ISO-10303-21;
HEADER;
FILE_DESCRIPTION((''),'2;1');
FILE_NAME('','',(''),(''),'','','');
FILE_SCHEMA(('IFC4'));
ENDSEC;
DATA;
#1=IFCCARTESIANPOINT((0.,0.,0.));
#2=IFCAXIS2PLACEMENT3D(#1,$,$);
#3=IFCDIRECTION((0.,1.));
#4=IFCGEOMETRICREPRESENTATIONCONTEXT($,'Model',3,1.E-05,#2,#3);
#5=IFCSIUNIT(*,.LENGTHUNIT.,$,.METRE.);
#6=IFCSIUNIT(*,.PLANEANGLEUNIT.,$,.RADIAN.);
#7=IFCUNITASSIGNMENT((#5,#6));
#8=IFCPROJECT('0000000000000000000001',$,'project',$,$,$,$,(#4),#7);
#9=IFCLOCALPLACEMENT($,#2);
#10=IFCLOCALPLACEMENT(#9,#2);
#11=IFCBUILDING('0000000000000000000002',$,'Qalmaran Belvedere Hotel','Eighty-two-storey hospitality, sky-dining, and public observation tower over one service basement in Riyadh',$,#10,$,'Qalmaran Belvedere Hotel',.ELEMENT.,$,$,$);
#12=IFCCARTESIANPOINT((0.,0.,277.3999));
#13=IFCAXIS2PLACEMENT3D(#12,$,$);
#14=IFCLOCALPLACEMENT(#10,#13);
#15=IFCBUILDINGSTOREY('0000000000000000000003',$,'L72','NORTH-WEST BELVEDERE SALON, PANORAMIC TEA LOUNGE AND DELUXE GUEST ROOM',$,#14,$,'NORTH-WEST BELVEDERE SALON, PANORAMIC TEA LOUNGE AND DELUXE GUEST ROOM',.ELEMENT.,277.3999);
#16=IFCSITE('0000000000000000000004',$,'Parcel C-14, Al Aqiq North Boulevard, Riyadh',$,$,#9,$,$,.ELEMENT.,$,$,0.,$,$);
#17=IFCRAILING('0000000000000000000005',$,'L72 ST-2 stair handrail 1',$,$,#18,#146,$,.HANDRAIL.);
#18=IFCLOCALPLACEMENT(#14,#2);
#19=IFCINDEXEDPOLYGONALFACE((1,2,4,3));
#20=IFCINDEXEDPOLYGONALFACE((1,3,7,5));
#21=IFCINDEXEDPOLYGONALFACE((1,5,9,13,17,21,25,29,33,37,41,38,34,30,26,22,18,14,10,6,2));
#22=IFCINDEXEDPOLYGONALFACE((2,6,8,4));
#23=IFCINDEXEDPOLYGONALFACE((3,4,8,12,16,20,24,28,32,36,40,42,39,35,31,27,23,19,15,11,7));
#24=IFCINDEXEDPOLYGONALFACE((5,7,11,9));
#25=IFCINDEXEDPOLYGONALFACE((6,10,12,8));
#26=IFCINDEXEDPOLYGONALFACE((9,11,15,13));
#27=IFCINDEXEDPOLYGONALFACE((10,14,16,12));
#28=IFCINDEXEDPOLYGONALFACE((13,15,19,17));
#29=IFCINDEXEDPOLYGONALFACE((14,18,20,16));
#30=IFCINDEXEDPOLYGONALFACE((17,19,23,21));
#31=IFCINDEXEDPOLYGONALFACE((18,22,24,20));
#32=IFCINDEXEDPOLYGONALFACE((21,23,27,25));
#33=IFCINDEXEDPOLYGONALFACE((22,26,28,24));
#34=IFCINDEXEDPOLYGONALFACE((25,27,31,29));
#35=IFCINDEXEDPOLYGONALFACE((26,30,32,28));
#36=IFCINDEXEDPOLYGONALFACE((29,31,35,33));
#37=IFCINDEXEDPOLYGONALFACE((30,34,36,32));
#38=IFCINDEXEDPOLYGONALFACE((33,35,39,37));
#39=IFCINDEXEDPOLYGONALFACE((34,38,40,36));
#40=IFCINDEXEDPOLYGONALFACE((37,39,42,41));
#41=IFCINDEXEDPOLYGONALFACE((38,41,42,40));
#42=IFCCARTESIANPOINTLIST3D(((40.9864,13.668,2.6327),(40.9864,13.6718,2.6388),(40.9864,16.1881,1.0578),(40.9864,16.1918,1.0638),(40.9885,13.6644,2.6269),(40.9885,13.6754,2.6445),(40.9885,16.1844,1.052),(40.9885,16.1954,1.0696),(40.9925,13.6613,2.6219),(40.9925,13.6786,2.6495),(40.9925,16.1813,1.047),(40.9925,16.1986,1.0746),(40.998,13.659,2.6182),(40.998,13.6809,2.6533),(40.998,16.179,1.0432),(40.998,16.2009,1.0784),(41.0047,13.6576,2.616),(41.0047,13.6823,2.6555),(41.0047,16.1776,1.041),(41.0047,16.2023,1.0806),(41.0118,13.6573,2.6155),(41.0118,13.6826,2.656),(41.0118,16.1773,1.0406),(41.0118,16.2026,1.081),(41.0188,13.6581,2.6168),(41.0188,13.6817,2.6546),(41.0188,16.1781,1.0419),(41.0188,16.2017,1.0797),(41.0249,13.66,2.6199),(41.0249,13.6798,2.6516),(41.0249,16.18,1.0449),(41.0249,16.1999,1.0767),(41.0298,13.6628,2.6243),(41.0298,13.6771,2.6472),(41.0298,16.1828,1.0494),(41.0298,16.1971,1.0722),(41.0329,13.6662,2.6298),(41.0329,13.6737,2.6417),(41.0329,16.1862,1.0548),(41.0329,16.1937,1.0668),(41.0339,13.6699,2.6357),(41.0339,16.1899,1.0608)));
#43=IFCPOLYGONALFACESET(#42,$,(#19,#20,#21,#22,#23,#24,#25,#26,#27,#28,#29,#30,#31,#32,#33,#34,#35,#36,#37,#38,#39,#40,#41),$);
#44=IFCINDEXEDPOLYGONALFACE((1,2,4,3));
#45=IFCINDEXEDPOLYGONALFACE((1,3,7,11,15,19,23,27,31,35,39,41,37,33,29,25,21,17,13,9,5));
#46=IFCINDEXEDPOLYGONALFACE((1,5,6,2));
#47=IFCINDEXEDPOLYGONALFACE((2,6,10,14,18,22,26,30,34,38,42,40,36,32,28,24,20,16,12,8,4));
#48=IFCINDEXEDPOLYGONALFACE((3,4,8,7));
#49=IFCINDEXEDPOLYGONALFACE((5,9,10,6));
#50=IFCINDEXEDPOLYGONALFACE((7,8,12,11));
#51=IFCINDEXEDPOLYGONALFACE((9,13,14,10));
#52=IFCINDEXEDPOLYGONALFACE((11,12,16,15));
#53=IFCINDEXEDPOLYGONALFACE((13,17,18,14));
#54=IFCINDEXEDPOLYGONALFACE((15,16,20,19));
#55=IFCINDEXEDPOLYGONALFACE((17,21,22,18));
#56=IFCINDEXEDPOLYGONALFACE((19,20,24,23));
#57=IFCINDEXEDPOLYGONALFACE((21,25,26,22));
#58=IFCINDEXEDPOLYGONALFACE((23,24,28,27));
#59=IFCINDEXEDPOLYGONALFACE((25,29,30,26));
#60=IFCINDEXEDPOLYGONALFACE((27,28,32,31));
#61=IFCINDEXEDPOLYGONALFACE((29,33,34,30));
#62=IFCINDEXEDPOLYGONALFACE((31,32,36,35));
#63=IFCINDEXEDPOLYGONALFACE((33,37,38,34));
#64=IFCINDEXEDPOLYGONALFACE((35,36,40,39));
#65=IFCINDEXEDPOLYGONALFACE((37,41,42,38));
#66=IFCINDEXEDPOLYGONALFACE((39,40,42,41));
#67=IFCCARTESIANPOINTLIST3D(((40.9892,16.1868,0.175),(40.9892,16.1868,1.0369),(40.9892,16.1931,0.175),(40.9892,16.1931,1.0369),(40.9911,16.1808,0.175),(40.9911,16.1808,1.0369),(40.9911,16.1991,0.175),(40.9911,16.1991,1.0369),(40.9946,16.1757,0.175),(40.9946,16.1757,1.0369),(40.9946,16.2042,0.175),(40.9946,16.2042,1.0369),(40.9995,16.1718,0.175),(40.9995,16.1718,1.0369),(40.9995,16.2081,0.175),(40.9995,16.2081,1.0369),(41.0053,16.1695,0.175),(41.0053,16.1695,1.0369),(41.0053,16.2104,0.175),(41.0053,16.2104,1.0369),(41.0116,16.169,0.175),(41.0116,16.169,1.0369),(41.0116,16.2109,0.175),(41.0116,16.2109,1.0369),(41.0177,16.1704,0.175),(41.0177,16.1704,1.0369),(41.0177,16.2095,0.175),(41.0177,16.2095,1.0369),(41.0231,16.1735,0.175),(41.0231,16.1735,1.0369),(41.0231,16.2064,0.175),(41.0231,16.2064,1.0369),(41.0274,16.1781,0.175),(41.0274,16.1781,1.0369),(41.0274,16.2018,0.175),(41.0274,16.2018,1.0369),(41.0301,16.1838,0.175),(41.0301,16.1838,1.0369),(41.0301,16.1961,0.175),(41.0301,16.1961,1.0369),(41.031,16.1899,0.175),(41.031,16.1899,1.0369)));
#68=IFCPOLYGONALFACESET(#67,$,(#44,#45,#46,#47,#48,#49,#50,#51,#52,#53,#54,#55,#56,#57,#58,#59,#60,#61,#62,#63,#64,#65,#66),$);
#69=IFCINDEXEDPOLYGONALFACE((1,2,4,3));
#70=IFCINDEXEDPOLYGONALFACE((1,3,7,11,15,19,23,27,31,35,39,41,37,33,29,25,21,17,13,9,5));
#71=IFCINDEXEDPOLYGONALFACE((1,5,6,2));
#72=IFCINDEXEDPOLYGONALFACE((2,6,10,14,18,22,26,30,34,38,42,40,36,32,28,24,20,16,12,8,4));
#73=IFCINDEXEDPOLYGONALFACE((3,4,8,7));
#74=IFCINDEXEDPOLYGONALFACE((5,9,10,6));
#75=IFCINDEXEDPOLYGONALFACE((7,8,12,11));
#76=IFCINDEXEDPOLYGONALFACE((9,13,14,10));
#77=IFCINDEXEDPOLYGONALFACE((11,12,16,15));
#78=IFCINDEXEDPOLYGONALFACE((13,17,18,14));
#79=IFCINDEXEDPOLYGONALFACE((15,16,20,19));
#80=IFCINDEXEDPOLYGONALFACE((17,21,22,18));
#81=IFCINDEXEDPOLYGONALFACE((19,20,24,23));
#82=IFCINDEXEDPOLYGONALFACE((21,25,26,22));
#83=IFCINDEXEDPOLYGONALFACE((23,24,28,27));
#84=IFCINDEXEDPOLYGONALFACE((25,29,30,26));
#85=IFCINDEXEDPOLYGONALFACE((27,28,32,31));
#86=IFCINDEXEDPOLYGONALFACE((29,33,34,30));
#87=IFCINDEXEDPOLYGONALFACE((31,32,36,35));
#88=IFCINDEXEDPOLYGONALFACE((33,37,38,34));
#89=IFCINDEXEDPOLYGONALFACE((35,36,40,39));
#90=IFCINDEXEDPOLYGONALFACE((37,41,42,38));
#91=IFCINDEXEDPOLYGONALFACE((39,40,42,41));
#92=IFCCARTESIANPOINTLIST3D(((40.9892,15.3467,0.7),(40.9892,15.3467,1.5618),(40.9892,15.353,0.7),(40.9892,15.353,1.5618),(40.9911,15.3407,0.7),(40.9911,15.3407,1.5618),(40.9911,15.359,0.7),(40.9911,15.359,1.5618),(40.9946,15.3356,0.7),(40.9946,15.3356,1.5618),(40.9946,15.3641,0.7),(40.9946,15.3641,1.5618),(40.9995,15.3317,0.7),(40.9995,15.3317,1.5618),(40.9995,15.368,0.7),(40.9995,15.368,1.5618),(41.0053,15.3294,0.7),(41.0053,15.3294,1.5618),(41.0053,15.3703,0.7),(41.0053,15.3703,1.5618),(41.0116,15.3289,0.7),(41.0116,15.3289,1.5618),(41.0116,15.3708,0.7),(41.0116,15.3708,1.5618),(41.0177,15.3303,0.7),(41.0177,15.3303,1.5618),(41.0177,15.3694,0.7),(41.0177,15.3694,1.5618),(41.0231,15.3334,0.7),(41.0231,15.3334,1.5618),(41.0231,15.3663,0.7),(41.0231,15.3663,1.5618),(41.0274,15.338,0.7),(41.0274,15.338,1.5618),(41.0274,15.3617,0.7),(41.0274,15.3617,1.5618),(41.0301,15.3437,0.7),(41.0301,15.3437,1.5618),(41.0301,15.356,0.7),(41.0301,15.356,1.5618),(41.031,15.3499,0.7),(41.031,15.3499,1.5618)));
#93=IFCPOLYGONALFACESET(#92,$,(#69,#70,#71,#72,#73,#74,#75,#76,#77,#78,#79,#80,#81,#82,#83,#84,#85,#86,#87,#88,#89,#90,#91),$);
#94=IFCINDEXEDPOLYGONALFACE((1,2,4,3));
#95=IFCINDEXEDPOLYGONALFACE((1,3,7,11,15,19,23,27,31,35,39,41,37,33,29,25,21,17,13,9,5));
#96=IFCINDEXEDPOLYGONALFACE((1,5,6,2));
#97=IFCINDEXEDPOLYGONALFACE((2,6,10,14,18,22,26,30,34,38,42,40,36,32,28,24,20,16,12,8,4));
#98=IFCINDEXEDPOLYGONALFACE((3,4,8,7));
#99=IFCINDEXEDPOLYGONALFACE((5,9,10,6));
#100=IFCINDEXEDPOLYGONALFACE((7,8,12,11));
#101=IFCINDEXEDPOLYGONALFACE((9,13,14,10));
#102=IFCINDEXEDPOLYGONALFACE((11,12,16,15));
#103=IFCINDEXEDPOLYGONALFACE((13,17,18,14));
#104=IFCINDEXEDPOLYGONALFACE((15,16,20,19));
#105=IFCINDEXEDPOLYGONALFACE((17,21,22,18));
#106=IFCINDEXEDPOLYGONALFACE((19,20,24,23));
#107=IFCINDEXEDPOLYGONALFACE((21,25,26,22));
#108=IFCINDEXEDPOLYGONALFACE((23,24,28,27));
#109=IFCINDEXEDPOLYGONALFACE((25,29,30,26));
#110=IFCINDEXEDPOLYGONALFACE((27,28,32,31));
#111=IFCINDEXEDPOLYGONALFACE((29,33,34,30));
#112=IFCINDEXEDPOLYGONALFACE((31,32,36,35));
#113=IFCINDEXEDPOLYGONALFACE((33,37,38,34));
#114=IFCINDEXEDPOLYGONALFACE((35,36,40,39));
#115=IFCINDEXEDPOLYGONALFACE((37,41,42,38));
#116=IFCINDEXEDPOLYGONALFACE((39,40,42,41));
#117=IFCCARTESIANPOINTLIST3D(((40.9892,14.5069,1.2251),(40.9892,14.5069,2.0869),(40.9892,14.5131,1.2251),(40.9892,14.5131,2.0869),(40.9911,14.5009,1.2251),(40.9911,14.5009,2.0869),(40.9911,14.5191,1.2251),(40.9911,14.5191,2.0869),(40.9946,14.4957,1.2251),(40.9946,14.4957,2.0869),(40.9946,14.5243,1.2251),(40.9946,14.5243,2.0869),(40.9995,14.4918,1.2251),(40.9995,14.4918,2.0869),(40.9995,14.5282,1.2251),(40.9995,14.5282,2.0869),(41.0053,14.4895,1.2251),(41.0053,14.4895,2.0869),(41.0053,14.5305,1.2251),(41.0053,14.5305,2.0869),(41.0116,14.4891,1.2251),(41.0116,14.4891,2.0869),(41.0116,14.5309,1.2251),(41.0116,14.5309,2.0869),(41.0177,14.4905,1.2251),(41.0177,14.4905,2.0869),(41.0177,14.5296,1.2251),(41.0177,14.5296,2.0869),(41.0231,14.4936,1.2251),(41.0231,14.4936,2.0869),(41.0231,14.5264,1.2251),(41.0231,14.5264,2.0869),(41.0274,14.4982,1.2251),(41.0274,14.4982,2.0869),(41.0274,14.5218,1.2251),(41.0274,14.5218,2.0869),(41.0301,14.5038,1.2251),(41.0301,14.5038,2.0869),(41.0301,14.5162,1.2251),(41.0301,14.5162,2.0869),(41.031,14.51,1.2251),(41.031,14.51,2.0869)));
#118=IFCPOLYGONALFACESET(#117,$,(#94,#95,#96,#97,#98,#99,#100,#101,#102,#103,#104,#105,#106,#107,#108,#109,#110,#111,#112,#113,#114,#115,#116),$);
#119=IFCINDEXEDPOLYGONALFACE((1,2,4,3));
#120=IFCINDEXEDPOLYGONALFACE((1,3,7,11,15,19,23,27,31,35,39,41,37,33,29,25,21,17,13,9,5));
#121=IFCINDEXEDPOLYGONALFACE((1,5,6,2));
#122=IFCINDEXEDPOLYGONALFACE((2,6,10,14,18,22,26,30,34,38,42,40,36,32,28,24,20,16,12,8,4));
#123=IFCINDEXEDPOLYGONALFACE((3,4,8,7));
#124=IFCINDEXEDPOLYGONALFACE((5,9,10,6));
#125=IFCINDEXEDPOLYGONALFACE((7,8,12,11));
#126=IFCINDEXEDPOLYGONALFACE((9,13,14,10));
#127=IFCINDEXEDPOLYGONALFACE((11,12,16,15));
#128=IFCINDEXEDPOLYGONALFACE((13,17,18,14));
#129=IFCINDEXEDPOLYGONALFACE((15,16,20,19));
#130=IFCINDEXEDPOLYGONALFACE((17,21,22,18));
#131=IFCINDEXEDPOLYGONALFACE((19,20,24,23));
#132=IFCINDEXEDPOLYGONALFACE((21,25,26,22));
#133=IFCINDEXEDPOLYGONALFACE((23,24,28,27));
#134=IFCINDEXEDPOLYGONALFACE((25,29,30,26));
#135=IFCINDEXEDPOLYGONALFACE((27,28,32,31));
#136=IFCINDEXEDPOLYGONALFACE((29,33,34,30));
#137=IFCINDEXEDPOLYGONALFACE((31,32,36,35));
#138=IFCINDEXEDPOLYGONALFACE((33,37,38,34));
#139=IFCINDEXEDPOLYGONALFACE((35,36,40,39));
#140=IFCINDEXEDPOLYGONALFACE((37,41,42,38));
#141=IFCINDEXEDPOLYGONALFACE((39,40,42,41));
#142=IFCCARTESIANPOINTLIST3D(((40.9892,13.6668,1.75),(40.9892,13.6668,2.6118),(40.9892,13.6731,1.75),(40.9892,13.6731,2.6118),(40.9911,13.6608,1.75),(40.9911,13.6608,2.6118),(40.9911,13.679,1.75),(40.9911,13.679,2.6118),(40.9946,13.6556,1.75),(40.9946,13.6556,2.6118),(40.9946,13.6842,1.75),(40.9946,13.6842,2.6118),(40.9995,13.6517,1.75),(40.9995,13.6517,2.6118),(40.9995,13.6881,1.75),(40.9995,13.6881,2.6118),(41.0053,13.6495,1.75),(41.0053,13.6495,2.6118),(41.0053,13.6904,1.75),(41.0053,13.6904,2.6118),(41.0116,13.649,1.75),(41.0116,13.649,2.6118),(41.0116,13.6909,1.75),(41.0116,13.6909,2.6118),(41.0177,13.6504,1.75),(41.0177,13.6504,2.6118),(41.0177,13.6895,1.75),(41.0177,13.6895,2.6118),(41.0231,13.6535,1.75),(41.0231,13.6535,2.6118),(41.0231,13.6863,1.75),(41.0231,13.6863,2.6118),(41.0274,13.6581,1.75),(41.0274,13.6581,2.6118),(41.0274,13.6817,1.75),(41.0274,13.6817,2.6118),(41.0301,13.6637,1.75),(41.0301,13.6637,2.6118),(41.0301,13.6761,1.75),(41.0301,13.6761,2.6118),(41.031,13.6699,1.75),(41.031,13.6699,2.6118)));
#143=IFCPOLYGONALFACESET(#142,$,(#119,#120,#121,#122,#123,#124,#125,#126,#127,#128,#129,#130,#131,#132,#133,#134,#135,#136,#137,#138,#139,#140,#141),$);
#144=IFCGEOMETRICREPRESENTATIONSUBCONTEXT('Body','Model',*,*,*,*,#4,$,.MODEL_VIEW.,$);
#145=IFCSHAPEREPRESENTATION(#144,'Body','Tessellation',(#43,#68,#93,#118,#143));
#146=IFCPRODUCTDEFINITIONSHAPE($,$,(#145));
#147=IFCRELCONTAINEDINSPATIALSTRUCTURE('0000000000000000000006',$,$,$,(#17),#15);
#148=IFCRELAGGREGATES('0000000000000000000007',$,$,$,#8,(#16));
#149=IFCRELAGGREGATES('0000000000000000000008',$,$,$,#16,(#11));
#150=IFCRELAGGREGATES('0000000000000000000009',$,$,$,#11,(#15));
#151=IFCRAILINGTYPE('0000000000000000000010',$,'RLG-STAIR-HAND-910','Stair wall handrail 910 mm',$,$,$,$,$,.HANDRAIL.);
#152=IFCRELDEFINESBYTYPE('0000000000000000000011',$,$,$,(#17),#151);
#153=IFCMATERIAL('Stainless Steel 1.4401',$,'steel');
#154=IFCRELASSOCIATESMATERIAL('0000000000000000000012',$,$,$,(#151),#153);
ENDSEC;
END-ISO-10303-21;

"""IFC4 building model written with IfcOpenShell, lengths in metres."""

from ifc_helpers import new_model, si_unit, direction, frame, origin, origin_2d, place, context, subcontext, project, spatial, circle, extrude, material, type_object, element, save


model = new_model("IFC4")

# Units and contexts
model_context = context("Model", 3, precision=1e-05, world=origin(), true_north=direction((0.0, 1.0)))
body_context = subcontext(model_context, "Body", "Model", "MODEL_VIEW")
ifc_project = project(units=[si_unit("LENGTHUNIT", "METRE"), si_unit("PLANEANGLEUNIT", "RADIAN")], contexts=[model_context])

# Site, building, storey
site_placement = place(None, origin())
site = spatial("IfcSite", under=ifc_project, at=site_placement, Name="Parcel C-14, Al Aqiq North Boulevard, Riyadh", CompositionType="ELEMENT", RefElevation=0.0)
building_placement = place(site_placement, origin())
building = spatial("IfcBuilding", under=site, at=building_placement, Name="Qalmaran Belvedere Hotel", Description="Eighty-two-storey hospitality, sky-dining, and public observation tower over one service basement in Riyadh", LongName="Qalmaran Belvedere Hotel", CompositionType="ELEMENT")
storey_placement = place(building_placement, frame((0.0, 0.0, 277.3999)))
storey = spatial("IfcBuildingStorey", under=building, at=storey_placement, Name="L72", Description="NORTH-WEST BELVEDERE SALON, PANORAMIC TEA LOUNGE AND DELUXE GUEST ROOM", LongName="NORTH-WEST BELVEDERE SALON, PANORAMIC TEA LOUNGE AND DELUXE GUEST ROOM", CompositionType="ELEMENT", Elevation=277.3999)

# Railing
ifc_material_1 = material(Name="Stainless Steel 1.4401", Category="steel")
railing_type_1 = type_object("IfcRailingType", Name="RLG-STAIR-HAND-910", Description="Stair wall handrail 910 mm", PredefinedType="HANDRAIL", material=ifc_material_1)
railing_1_placement = place(storey_placement, frame((41.01, 16.1899, 0.175)))
element("IfcRailing", 1, at=railing_1_placement, inside=storey, type_object=railing_type_1, Name="L72 ST-2 stair handrail 1", PredefinedType="HANDRAIL", context=body_context, shape_type="SweptSolid", body=[
    extrude(circle(Radius=0.0239, at=origin_2d()), frame((0.0, 0.0, 0.8857), z_axis=(0.0, -0.848008, 0.529984), x_axis=(1.0, 0.0, 0.0)), (0.0, 0.0, 1.0), 2.9717),
    extrude(circle(Radius=0.021, at=origin_2d()), origin(), (0.0, 0.0, 1.0), 0.8618),
    extrude(circle(Radius=0.021, at=origin_2d()), frame((0.0, -0.8401, 0.5249)), (0.0, 0.0, 1.0), 0.8618),
    extrude(circle(Radius=0.021, at=origin_2d()), frame((0.0, -1.6799, 1.05)), (0.0, 0.0, 1.0), 0.8618),
    extrude(circle(Radius=0.021, at=origin_2d()), frame((0.0, -2.52, 1.575)), (0.0, 0.0, 1.0), 0.8618),
])

save(model, "model.ifc")
